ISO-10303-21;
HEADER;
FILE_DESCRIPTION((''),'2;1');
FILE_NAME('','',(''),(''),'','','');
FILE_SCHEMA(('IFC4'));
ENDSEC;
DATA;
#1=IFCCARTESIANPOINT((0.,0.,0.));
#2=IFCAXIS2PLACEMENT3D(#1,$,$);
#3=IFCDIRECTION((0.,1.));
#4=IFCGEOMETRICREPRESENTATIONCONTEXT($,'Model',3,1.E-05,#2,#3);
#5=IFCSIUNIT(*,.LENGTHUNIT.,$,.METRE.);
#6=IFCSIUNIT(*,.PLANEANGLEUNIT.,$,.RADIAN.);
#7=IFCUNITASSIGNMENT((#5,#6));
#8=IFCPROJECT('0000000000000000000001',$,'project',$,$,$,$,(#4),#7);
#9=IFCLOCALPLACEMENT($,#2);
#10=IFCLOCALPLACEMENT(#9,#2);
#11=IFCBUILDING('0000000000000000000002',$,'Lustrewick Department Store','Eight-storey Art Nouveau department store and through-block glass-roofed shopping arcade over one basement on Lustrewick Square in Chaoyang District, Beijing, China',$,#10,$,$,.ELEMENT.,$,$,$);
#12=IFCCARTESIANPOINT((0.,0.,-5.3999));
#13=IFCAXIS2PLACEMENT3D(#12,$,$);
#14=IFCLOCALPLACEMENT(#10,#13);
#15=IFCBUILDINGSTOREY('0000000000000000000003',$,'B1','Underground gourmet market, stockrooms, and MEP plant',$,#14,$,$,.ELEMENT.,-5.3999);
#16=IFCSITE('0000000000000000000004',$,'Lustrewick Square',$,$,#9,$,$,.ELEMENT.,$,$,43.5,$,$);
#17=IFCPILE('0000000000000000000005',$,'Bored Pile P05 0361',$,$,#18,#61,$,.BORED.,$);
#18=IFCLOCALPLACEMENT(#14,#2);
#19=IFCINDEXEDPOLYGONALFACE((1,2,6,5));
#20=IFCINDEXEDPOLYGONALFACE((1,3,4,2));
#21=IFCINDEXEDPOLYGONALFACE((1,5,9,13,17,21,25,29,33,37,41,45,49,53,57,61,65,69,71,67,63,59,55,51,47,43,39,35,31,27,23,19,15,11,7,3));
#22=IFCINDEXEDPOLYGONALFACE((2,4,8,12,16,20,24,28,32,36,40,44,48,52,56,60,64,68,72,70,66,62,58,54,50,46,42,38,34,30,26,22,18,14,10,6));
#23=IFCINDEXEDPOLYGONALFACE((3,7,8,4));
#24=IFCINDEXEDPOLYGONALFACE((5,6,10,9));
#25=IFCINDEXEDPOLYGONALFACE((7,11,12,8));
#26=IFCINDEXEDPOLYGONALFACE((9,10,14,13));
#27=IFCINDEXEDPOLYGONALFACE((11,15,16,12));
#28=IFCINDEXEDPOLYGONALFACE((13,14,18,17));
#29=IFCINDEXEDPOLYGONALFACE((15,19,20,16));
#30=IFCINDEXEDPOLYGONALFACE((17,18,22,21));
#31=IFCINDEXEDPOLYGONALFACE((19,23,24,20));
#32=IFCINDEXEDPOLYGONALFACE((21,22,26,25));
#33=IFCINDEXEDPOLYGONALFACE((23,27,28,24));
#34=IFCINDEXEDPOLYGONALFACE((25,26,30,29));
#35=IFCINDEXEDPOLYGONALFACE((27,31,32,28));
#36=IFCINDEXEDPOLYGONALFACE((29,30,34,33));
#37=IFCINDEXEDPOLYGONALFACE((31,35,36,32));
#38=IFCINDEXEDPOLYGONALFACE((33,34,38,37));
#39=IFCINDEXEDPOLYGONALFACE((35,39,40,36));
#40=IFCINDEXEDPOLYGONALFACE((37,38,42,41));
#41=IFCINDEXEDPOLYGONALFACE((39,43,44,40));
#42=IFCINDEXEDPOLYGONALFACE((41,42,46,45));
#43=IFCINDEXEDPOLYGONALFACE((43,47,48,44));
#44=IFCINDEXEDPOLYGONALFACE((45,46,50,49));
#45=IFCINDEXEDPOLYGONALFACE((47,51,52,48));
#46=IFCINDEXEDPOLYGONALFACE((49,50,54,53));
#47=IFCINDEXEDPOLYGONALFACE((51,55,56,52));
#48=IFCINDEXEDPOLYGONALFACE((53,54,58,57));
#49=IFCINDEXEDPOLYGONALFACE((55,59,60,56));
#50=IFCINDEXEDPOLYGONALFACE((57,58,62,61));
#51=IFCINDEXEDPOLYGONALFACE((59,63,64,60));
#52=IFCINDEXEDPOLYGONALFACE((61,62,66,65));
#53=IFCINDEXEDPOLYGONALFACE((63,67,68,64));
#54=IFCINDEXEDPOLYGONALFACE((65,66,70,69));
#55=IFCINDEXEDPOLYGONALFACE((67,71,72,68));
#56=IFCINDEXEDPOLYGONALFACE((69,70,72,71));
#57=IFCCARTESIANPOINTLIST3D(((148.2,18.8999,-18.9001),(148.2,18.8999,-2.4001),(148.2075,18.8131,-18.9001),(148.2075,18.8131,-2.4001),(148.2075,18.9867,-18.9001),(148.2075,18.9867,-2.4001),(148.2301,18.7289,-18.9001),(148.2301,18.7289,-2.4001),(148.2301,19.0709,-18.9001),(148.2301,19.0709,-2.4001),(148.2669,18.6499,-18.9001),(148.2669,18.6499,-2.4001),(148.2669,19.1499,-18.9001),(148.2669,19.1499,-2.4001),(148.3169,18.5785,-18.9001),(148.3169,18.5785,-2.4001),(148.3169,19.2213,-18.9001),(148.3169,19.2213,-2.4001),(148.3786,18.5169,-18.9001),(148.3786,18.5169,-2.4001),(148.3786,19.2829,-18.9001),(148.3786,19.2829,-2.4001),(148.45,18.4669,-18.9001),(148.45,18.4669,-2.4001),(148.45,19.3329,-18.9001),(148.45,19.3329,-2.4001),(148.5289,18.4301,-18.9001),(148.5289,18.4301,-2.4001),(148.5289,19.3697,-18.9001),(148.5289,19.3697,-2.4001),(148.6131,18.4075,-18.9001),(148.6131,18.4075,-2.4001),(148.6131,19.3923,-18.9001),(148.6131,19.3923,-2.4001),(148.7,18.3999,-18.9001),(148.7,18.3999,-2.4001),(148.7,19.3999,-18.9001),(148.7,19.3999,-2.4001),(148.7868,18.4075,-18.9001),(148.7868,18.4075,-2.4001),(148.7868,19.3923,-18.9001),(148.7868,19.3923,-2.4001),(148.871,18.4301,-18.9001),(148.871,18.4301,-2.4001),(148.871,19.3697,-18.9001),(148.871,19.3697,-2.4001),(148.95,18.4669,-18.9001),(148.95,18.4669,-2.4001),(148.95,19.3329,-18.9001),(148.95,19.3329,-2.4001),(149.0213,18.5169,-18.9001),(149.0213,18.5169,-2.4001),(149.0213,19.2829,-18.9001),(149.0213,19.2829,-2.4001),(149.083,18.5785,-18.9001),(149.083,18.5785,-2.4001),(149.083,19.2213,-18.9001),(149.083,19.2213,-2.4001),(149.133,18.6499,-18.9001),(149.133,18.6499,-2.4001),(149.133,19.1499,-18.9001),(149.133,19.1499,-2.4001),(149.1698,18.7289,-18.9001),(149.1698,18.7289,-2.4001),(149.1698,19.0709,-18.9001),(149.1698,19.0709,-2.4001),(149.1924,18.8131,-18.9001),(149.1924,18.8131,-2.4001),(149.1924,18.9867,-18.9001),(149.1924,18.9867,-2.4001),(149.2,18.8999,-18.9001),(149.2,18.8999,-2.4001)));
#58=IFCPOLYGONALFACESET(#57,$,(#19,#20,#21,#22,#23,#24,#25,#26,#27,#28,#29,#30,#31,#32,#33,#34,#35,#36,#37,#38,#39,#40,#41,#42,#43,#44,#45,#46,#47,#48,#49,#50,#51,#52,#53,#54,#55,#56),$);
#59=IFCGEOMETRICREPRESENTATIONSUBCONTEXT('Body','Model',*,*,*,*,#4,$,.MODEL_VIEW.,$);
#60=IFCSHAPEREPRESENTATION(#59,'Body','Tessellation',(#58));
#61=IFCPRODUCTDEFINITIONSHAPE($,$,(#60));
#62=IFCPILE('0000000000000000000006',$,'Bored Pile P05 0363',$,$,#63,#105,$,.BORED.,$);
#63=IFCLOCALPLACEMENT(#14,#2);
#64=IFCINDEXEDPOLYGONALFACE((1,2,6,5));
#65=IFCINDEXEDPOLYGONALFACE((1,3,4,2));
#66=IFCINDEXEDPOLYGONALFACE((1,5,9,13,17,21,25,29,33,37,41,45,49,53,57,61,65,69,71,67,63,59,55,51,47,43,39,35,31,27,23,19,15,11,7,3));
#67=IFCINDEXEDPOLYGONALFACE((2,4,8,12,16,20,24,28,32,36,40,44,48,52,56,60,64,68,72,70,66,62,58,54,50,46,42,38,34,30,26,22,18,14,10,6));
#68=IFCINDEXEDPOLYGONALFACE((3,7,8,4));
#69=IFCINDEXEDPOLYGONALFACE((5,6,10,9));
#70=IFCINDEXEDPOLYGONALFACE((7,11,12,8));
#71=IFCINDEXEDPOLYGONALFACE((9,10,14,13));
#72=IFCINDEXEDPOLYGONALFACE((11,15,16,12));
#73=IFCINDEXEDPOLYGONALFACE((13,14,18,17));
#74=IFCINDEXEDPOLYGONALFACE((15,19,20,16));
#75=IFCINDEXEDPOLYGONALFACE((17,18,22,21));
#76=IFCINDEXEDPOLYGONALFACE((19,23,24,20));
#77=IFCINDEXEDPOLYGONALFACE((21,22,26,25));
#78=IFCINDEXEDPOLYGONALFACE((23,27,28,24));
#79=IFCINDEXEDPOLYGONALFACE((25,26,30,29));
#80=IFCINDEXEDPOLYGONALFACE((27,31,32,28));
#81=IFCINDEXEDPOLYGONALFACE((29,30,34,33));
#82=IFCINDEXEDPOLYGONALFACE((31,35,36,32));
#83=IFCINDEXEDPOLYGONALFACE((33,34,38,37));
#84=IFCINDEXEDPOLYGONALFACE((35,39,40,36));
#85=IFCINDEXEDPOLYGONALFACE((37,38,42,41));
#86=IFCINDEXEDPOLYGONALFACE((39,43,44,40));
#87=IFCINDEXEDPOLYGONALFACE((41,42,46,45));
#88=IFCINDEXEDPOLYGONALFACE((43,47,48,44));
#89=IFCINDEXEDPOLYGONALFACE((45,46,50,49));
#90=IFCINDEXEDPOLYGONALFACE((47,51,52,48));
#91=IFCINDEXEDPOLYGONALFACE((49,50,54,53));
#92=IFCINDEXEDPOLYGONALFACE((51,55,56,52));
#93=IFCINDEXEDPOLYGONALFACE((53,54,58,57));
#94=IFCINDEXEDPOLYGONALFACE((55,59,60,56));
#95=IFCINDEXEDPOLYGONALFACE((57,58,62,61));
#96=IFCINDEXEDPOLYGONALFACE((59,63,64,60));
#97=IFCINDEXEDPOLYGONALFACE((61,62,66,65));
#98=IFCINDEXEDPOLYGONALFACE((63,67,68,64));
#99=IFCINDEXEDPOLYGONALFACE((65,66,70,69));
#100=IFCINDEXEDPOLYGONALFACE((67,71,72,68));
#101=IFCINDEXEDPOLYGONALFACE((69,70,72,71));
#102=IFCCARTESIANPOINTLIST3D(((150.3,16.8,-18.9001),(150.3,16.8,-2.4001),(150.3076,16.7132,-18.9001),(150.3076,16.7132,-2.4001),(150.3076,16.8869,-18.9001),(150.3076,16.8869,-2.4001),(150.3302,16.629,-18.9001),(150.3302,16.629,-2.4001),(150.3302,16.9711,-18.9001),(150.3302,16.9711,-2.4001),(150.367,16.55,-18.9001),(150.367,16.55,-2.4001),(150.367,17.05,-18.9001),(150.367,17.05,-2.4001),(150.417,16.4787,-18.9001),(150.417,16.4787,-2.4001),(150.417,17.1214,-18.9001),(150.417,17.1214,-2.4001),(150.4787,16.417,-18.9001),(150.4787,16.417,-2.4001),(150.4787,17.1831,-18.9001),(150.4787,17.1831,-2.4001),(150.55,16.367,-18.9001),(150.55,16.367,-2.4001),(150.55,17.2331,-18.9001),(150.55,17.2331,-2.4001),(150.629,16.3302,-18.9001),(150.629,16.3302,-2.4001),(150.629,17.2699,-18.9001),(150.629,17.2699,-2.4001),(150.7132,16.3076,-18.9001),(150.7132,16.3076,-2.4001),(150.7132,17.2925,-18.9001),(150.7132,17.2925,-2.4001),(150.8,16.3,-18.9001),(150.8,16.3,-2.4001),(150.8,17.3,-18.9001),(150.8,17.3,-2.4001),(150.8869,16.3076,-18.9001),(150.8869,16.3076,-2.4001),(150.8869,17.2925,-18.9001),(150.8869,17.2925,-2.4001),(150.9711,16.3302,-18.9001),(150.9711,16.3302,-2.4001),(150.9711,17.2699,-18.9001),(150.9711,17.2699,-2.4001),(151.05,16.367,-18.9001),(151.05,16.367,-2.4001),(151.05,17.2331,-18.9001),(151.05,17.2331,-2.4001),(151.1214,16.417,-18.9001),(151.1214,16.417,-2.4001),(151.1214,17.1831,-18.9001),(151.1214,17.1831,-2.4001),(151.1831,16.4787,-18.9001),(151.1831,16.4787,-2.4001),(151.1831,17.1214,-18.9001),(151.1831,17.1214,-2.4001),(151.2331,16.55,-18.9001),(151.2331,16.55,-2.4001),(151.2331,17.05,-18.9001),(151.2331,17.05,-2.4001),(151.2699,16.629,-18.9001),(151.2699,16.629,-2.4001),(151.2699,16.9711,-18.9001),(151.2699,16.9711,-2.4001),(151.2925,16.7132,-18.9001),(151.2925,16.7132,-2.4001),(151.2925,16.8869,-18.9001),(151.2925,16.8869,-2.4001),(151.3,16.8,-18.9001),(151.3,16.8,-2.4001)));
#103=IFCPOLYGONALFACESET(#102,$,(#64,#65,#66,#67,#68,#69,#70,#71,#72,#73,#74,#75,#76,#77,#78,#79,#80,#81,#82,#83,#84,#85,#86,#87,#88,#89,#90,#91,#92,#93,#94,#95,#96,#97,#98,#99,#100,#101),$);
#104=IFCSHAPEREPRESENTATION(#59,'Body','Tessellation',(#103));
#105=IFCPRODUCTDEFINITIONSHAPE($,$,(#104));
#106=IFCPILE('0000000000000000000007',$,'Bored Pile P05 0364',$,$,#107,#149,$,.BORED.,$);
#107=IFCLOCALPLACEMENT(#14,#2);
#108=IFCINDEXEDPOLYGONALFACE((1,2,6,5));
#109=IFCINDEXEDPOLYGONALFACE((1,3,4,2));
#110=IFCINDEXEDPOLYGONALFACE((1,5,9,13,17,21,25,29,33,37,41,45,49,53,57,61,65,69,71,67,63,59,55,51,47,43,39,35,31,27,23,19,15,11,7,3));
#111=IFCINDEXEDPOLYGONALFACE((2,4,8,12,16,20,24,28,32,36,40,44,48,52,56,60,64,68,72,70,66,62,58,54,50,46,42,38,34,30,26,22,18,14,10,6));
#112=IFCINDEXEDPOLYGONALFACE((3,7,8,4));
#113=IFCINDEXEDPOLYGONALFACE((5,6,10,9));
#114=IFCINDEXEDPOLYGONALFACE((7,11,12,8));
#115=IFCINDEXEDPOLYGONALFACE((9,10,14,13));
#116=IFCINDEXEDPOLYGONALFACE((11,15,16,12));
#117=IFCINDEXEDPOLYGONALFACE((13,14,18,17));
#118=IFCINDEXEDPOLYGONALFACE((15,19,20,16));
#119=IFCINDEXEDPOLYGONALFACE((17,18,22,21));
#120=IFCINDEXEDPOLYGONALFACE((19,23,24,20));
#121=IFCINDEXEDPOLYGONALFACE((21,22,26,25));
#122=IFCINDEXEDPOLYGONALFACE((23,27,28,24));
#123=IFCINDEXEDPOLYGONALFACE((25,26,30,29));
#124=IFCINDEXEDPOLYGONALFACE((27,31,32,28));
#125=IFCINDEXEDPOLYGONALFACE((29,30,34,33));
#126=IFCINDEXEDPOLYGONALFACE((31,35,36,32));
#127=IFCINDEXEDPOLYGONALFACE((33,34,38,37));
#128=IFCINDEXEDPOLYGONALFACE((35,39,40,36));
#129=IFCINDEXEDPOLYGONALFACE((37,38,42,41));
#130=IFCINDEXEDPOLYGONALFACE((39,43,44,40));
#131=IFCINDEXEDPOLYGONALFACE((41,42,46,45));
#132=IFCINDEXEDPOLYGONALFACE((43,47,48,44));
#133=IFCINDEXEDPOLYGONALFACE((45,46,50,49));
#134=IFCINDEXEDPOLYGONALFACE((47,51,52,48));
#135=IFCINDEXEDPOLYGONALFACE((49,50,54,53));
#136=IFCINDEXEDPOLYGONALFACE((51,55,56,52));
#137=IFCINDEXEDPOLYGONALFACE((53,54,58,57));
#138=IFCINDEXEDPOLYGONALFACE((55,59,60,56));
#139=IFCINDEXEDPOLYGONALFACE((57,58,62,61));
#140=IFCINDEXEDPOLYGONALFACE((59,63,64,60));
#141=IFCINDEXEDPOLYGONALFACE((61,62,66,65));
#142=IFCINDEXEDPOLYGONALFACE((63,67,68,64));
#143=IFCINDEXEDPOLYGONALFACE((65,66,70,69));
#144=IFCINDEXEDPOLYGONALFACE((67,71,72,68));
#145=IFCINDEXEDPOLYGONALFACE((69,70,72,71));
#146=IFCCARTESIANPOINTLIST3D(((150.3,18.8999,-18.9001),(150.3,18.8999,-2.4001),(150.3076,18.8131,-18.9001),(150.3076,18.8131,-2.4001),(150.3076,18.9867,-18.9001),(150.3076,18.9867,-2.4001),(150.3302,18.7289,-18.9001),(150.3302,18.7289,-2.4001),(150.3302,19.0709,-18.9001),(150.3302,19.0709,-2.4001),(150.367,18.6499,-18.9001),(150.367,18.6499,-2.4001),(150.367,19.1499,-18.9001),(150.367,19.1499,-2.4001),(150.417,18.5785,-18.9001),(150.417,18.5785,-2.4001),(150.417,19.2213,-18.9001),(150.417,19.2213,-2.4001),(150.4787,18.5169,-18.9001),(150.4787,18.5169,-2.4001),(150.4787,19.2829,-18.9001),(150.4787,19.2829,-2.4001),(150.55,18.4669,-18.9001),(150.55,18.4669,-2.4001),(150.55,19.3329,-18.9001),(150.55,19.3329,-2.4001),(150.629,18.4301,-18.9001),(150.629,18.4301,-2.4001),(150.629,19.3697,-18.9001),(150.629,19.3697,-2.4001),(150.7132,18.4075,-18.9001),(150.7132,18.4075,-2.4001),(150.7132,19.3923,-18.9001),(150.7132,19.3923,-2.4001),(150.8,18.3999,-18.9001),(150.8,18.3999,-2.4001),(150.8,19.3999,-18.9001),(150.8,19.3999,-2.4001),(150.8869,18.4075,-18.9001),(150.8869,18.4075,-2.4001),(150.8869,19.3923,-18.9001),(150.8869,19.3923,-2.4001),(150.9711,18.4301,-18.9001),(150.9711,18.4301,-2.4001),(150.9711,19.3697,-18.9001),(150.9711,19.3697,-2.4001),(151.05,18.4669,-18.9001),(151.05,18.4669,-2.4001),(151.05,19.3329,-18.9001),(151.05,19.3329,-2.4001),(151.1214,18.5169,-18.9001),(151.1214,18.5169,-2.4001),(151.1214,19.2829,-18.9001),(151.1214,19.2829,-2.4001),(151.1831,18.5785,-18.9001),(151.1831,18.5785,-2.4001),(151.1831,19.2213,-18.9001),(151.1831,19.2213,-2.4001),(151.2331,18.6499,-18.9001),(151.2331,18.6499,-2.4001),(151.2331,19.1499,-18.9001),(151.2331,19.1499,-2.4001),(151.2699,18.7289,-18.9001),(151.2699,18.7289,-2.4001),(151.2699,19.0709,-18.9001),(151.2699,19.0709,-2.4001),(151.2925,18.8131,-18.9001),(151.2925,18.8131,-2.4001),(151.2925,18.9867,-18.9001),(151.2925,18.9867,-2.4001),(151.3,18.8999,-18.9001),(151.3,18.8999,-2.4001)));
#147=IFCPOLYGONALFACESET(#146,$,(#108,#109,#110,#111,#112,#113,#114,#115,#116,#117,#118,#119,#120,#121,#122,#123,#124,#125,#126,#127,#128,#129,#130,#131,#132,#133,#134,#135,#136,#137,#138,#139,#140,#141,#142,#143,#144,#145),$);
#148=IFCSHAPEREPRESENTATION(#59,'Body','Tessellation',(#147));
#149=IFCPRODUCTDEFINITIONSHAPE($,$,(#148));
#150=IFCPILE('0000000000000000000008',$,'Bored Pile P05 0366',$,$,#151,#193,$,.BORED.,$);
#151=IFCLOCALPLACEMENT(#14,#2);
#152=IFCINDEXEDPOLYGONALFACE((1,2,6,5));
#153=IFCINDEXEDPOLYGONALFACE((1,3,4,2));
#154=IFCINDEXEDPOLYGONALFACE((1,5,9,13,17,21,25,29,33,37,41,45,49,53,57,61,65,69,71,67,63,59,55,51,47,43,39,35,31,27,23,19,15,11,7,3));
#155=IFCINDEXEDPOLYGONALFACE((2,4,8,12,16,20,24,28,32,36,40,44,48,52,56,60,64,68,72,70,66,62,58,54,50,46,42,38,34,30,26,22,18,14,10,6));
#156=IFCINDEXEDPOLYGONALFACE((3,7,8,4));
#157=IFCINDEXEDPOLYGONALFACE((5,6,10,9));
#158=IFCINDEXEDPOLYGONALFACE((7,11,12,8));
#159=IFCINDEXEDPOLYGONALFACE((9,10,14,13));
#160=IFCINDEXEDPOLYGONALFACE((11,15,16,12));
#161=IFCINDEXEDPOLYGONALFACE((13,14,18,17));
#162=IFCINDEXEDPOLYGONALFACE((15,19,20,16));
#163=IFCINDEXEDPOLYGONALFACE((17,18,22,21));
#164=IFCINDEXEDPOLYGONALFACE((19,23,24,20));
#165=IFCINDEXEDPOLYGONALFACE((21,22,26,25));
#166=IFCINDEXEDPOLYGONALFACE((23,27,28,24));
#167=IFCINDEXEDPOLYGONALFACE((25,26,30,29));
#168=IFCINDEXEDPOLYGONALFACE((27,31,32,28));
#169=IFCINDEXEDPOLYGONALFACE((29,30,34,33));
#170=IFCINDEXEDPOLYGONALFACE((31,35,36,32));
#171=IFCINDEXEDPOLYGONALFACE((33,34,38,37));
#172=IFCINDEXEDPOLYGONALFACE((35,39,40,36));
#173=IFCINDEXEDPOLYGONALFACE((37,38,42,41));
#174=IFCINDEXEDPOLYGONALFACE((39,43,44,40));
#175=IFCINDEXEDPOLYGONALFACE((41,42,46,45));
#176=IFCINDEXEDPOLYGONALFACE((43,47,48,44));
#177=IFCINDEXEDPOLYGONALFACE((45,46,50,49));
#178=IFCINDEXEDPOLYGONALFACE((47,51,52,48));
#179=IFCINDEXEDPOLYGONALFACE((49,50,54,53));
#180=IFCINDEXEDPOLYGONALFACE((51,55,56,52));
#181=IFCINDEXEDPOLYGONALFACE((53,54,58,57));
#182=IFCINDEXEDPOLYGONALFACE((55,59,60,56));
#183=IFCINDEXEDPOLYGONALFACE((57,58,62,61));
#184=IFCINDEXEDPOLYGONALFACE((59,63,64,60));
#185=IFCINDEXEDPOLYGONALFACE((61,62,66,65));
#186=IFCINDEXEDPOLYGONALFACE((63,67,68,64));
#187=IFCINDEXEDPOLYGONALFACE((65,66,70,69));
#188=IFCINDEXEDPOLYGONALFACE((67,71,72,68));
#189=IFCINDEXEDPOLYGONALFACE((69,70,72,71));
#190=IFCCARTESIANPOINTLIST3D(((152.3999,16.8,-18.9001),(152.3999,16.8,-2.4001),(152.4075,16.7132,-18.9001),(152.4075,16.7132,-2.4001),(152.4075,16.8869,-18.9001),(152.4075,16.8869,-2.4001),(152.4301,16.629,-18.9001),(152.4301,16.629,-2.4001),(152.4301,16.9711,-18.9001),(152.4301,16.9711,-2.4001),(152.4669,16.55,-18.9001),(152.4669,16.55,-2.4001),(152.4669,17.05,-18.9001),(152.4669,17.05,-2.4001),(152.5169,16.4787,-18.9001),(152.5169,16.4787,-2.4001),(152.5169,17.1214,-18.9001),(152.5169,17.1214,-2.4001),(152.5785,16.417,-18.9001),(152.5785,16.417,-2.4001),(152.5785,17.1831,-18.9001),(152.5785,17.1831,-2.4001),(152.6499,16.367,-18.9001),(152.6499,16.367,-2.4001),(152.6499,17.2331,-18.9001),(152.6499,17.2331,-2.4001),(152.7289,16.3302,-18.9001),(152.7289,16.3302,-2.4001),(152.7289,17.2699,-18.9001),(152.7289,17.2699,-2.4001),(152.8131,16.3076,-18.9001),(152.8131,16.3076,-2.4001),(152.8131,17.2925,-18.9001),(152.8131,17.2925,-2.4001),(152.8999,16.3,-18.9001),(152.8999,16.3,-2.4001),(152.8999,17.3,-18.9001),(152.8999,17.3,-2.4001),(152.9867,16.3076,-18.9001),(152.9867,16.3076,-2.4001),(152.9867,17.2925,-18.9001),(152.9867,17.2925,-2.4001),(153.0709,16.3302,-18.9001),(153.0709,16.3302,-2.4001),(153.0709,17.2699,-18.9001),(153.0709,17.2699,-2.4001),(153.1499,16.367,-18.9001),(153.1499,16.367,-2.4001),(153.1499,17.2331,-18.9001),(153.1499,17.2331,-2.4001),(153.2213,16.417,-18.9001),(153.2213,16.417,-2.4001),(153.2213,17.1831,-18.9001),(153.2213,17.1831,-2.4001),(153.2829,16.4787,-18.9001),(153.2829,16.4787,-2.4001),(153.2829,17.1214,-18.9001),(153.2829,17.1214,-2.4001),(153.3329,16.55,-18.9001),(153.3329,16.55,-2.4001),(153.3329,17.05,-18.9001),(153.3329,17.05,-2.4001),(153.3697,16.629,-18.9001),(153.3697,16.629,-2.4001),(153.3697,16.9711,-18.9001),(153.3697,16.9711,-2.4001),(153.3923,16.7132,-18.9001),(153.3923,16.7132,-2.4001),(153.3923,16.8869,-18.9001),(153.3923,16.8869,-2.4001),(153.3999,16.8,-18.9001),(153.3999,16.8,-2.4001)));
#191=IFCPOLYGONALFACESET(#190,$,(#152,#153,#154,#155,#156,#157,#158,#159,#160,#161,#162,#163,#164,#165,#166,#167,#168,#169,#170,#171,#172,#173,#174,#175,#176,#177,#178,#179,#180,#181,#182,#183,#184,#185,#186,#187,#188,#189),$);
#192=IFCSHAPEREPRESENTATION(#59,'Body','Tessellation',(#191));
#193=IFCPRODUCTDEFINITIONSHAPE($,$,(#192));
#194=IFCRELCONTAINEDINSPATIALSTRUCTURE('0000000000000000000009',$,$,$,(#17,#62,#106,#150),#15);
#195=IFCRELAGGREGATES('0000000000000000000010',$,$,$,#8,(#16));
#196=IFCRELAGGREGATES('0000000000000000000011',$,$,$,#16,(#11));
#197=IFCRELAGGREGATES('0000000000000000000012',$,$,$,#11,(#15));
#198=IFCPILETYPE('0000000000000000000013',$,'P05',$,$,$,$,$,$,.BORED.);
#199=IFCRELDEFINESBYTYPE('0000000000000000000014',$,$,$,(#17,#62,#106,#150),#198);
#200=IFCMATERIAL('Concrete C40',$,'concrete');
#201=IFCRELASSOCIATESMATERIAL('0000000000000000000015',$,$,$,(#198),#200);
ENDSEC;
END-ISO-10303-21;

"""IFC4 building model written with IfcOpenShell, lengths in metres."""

from ifc_helpers import new_model, si_unit, direction, frame, origin, origin_2d, place, context, subcontext, project, spatial, circle, extrude, material, material_profile, profile_set, type_object, element, save


model = new_model("IFC4")

# Units and contexts
model_context = context("Model", 3, precision=1e-05, world=origin(), true_north=direction((0.0, 1.0)))
body_context = subcontext(model_context, "Body", "Model", "MODEL_VIEW")
ifc_project = project(units=[si_unit("LENGTHUNIT", "METRE"), si_unit("PLANEANGLEUNIT", "RADIAN")], contexts=[model_context])

# Site, building, storey
site_placement = place(None, origin())
site = spatial("IfcSite", under=ifc_project, at=site_placement, Name="Lustrewick Square", CompositionType="ELEMENT", RefElevation=43.5)
building_placement = place(site_placement, origin())
building = spatial("IfcBuilding", under=site, at=building_placement, Name="Lustrewick Department Store", Description="Eight-storey Art Nouveau department store and through-block glass-roofed shopping arcade over one basement on Lustrewick Square in Chaoyang District, Beijing, China", CompositionType="ELEMENT")
storey_placement = place(building_placement, frame((0.0, 0.0, -5.3999)))
storey = spatial("IfcBuildingStorey", under=building, at=storey_placement, Name="B1", Description="Underground gourmet market, stockrooms, and MEP plant", CompositionType="ELEMENT", Elevation=-5.3999)

# Piles
ifc_material_1 = material(Name="Concrete C40", Category="concrete")
ifc_material_profile_1 = material_profile(ifc_material_1, circle(Radius=0.5, at=origin_2d()), Name="PILE D1000")
ifc_profile_set_1 = profile_set([ifc_material_profile_1], Name="Concrete C40")
pile_type_1 = type_object("IfcPileType", Name="P05", PredefinedType="BORED", material=ifc_profile_set_1)
for number, where, z_axis, x_axis, name in (
    (1, (148.7, 18.8999, -2.4001), (0.0, 0.0, -1.0), (1.0, 0.0, 0.0), "Bored Pile P05 0361"),
    (2, (150.8, 16.8, -2.4001), (0.0, 0.0, -1.0), (1.0, 0.0, 0.0), "Bored Pile P05 0363"),
    (3, (150.8, 18.8999, -2.4001), (0.0, 0.0, -1.0), (1.0, 0.0, 0.0), "Bored Pile P05 0364"),
    (4, (152.8999, 16.8, -2.4001), (0.0, 0.0, -1.0), (1.0, 0.0, 0.0), "Bored Pile P05 0366"),
):
    element("IfcPile", number, at=place(storey_placement, frame(where, z_axis=z_axis, x_axis=x_axis)), inside=storey, type_object=pile_type_1, Name=name, PredefinedType="BORED", context=body_context, shape_type="SweptSolid", body=[
        extrude(circle(Radius=0.5, at=origin_2d()), origin(), (0.0, 0.0, 1.0), 16.5),
    ])

save(model, "model.ifc")
